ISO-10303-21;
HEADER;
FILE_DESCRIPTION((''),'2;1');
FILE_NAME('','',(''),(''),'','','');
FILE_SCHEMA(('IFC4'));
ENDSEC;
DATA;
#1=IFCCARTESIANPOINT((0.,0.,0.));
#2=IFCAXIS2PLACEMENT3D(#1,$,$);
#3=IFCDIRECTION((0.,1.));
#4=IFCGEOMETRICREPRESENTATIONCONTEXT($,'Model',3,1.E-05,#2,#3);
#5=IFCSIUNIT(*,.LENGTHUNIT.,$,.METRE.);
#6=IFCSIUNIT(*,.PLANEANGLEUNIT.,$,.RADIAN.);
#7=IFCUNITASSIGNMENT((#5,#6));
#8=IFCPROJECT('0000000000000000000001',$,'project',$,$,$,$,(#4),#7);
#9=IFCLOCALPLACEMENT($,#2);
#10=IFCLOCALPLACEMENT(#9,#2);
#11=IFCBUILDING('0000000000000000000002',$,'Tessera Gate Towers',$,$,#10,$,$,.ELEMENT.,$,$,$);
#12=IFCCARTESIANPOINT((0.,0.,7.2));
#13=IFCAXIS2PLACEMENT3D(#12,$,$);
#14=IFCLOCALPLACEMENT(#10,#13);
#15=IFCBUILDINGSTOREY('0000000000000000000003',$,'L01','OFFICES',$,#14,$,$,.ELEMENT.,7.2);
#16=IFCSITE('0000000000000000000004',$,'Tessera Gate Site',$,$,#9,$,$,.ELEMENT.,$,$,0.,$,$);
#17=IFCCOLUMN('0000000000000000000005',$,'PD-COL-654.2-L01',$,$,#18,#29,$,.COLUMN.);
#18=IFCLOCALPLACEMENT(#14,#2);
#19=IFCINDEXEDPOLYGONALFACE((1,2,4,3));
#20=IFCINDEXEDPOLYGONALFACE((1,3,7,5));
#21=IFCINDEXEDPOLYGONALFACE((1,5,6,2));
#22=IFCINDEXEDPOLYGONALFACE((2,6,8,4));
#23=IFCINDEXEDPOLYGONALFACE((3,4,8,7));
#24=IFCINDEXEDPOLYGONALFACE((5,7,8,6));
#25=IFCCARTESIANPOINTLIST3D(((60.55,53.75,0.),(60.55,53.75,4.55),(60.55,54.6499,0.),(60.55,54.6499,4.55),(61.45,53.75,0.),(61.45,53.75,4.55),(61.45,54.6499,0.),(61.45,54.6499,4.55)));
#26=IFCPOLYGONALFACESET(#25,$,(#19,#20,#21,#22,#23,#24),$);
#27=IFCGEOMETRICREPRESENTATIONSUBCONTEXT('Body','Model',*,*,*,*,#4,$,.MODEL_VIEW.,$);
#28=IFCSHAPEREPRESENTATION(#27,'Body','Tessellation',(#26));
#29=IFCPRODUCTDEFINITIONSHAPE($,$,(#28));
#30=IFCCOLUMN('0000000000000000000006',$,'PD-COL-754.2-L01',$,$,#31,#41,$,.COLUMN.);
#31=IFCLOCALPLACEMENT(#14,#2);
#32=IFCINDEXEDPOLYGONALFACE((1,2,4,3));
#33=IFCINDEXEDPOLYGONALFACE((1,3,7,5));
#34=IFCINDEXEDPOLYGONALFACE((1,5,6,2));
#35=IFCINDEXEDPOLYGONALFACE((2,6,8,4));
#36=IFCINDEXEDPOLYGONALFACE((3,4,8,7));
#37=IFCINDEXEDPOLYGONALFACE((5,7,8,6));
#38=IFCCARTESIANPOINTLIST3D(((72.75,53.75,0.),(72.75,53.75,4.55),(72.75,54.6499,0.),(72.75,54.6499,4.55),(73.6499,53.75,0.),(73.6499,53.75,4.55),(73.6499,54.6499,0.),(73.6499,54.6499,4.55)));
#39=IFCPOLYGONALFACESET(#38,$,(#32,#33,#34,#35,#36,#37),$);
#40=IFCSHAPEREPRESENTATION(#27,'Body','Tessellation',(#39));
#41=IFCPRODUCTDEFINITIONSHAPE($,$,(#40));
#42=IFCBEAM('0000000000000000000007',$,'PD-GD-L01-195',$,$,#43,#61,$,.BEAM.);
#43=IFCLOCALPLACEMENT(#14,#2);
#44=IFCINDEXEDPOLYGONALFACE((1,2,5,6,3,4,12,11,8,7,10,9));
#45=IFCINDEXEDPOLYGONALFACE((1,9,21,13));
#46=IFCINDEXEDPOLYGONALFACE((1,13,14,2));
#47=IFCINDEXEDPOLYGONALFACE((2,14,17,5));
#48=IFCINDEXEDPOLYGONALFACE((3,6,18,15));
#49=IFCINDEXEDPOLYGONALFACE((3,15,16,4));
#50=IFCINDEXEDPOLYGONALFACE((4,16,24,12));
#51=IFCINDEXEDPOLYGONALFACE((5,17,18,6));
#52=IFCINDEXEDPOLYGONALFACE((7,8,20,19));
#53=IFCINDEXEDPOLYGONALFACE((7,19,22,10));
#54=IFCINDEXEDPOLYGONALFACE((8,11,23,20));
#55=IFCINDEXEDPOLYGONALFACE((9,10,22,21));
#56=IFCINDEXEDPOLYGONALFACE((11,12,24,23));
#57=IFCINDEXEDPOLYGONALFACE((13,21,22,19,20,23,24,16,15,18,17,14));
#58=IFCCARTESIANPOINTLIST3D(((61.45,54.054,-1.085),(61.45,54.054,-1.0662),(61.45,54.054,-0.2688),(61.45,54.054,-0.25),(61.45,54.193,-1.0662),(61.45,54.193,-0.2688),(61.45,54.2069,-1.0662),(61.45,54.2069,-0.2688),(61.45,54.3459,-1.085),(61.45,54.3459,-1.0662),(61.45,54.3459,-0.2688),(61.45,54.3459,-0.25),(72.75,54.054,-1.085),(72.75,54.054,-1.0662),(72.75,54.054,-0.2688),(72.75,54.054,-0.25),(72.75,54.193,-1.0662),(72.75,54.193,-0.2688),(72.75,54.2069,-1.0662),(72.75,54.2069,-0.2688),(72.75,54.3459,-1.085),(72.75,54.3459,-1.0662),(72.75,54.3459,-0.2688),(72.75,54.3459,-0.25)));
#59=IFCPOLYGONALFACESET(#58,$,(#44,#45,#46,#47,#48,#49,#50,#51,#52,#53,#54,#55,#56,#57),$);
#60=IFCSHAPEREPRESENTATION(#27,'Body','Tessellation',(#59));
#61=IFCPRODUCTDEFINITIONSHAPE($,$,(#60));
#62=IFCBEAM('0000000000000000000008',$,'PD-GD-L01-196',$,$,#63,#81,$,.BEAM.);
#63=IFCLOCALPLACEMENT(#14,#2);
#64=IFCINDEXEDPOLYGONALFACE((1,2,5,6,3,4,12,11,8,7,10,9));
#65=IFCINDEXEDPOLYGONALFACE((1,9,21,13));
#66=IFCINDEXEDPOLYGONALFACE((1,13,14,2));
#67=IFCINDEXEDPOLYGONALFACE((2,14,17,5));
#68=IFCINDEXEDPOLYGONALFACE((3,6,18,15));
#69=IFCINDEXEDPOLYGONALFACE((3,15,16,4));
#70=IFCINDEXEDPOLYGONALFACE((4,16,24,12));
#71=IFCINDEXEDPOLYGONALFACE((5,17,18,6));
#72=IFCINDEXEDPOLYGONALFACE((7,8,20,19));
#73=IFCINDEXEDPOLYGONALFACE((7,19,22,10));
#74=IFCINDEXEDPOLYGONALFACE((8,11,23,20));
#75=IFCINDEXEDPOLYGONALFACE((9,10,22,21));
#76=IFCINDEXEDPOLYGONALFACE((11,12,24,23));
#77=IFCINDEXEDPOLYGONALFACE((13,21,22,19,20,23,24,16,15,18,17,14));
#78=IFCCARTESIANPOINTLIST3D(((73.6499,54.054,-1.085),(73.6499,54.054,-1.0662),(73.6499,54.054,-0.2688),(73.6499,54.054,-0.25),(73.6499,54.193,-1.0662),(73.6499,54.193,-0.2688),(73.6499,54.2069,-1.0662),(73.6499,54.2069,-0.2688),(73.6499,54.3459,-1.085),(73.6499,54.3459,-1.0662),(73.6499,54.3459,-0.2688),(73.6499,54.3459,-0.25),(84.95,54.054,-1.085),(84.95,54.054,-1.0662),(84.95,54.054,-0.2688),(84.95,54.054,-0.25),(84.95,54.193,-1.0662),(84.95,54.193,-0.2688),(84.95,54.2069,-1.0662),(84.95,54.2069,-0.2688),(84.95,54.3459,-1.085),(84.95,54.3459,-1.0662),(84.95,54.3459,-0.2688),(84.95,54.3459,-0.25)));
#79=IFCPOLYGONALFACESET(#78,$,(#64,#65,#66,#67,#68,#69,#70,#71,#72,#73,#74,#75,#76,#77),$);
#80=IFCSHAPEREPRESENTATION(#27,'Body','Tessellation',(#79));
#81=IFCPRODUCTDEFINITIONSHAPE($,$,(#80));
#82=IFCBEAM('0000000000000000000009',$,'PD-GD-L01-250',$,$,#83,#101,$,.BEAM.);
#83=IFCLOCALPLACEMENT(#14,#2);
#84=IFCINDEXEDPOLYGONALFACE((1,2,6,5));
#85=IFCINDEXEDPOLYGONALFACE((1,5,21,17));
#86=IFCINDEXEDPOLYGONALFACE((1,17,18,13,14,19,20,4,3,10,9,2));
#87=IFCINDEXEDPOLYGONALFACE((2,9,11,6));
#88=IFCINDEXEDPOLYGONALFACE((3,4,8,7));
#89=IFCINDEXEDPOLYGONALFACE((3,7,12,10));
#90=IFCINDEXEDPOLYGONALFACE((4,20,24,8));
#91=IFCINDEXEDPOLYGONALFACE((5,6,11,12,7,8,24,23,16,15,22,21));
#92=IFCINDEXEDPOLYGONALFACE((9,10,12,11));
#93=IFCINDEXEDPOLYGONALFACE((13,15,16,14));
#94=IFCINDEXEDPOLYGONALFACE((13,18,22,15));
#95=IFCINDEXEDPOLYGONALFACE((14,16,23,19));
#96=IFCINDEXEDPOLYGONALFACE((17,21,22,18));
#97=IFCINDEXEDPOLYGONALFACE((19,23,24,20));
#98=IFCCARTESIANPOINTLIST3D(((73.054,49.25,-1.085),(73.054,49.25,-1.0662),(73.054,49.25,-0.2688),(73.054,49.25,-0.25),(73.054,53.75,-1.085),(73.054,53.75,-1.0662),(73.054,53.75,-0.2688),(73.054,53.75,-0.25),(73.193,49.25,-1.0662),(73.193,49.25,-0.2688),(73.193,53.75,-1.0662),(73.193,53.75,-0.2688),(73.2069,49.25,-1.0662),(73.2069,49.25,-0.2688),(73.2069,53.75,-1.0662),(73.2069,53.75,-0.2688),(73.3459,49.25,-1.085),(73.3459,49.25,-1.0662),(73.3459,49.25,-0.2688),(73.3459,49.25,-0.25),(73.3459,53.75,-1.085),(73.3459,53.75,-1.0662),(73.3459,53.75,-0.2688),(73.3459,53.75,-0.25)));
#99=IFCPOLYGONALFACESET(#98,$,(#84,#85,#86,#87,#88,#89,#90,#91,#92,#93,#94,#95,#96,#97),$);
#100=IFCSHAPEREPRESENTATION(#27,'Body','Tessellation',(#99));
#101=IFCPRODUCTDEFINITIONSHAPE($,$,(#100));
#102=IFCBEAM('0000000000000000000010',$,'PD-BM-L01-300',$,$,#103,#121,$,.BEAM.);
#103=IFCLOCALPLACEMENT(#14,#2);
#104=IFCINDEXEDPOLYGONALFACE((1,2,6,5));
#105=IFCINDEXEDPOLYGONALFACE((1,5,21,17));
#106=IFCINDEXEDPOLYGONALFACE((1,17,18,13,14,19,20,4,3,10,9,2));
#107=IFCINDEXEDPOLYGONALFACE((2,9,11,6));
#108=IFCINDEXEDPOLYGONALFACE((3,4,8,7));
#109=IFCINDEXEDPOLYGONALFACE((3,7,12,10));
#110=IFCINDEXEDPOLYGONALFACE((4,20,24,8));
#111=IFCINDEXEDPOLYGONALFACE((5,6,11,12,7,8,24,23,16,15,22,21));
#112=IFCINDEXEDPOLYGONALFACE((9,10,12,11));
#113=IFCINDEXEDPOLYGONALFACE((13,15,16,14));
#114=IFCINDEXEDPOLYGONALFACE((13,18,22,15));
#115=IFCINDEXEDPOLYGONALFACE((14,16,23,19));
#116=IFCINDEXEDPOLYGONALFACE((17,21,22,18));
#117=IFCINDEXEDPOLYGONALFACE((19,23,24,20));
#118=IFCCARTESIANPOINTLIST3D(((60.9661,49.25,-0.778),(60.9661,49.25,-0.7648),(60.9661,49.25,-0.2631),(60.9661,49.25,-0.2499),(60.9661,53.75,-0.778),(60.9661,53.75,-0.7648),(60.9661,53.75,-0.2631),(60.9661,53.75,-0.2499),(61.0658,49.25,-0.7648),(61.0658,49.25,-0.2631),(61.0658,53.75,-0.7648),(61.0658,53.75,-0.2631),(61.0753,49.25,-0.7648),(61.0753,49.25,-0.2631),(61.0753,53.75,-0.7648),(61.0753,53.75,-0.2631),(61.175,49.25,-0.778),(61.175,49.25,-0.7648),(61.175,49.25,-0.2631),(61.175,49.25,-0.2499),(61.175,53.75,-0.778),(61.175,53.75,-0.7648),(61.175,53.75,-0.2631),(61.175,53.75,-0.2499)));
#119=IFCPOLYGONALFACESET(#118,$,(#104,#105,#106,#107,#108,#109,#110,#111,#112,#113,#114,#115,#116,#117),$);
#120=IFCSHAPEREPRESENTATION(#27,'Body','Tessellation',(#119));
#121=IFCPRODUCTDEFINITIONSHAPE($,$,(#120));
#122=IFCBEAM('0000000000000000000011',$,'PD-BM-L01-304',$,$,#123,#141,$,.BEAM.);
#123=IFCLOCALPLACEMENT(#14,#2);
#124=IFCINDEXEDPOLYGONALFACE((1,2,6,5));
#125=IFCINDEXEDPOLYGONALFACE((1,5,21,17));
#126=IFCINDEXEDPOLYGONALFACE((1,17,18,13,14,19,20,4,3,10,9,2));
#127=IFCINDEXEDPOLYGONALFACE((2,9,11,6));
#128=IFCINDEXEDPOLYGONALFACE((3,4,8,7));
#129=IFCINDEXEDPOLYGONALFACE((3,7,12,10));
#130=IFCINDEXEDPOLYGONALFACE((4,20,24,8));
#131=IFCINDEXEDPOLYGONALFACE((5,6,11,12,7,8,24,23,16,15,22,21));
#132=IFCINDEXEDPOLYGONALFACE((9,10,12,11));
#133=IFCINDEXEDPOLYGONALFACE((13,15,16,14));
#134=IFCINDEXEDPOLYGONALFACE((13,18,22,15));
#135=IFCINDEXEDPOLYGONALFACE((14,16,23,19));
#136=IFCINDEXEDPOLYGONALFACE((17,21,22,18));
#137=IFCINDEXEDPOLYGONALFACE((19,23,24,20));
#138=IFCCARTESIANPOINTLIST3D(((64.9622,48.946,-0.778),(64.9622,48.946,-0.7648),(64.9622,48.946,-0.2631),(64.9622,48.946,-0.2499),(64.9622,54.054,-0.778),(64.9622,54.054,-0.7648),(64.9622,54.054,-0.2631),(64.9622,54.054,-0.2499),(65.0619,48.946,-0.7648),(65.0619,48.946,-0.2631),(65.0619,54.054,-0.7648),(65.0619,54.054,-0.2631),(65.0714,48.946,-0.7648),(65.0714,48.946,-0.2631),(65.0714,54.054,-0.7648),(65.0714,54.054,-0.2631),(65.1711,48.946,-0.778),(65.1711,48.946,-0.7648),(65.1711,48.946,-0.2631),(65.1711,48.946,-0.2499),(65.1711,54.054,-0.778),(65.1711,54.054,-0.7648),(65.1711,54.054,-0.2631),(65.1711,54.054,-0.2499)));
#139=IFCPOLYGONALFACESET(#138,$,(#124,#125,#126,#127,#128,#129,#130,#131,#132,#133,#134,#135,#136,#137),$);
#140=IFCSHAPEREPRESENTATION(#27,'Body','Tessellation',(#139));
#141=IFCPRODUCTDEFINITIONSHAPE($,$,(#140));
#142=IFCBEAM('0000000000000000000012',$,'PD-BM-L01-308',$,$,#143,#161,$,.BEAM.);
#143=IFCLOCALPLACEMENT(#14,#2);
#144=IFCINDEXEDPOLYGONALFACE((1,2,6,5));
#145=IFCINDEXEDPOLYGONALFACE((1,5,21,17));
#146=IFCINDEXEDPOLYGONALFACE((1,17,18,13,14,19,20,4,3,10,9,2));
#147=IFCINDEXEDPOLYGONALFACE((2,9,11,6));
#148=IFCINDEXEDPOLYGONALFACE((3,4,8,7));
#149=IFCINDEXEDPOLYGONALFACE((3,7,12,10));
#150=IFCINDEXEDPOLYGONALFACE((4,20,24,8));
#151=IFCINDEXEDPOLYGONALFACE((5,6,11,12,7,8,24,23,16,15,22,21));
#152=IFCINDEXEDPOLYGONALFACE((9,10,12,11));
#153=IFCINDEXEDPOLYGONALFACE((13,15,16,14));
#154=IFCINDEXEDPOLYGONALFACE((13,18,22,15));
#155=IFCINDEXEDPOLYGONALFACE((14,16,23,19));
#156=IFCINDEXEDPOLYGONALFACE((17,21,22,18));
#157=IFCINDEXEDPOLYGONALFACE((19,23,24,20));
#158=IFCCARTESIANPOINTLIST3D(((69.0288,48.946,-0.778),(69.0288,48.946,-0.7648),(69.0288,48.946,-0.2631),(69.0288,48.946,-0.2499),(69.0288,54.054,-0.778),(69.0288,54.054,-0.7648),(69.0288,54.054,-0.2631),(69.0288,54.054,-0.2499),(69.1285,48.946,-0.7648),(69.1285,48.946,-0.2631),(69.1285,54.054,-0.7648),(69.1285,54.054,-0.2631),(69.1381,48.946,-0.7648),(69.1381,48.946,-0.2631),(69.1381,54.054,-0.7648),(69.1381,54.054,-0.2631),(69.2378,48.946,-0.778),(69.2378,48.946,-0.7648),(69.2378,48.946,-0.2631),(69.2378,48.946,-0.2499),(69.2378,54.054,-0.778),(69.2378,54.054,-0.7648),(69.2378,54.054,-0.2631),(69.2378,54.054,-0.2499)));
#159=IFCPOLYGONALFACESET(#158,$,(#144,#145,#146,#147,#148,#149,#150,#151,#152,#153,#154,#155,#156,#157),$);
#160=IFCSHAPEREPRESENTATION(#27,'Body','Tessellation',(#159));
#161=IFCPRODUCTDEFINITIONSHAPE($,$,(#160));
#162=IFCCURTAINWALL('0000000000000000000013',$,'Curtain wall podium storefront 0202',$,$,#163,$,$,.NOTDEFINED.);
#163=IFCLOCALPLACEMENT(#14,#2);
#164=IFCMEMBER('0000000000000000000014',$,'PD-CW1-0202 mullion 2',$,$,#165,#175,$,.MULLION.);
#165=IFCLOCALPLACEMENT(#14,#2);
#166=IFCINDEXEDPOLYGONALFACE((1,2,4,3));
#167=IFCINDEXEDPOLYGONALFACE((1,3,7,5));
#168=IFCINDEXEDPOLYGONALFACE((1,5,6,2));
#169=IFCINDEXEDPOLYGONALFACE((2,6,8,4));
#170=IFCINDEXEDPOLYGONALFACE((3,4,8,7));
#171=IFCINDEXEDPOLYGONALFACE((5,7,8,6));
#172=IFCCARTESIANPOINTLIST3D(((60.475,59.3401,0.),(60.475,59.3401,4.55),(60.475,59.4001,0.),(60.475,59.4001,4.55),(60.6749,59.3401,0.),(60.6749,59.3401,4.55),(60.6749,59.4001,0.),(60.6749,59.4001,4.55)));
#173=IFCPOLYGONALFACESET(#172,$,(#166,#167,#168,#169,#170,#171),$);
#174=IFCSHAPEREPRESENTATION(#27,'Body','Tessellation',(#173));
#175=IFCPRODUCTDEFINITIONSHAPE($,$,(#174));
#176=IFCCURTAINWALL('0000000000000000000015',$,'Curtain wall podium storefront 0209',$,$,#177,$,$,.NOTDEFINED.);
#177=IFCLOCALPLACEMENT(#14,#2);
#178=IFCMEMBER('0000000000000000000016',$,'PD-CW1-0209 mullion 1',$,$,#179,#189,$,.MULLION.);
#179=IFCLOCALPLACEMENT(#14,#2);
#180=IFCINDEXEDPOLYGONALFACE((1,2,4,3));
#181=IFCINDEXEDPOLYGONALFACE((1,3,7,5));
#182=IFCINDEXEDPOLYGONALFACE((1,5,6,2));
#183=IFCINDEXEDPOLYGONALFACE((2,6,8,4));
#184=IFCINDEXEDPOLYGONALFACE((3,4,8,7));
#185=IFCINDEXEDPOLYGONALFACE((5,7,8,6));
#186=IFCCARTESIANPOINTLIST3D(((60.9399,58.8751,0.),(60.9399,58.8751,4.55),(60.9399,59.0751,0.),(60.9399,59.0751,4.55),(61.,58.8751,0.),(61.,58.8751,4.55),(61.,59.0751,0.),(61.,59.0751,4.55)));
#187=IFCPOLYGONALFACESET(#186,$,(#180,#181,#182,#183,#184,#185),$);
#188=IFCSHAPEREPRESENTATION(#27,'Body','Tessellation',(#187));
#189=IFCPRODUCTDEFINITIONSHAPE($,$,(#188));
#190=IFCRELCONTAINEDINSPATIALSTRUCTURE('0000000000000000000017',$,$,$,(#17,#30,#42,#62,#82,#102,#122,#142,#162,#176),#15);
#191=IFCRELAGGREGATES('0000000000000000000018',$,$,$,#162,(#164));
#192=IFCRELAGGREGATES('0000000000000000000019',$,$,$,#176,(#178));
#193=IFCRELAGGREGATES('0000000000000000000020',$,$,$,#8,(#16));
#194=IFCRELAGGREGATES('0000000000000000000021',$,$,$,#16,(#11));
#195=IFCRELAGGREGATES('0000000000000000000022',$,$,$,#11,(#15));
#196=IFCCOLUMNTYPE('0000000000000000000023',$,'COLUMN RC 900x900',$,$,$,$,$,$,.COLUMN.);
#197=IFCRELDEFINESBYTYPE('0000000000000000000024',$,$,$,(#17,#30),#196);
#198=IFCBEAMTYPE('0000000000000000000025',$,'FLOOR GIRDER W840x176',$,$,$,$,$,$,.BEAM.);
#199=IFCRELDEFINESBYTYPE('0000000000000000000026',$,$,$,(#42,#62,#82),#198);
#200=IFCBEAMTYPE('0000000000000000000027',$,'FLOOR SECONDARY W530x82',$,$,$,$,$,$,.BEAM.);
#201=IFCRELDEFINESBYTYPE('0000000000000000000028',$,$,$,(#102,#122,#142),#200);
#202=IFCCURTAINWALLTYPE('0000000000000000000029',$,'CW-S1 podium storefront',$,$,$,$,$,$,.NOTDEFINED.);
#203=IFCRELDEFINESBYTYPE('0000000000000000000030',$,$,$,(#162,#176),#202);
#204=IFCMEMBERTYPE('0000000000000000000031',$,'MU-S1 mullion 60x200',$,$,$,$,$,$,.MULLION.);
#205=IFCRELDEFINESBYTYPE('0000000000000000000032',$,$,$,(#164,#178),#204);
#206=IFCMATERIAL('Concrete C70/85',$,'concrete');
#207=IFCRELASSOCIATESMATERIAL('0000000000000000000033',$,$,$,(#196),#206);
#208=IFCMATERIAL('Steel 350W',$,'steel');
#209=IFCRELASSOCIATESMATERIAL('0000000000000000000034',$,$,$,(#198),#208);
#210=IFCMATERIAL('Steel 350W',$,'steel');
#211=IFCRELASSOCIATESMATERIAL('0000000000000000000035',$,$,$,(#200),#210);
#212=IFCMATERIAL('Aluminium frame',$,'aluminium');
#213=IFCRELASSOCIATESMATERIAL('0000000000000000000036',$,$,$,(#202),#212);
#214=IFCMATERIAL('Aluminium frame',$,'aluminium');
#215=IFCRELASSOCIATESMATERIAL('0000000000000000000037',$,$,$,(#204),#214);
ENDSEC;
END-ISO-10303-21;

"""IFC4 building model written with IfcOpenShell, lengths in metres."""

from ifc_helpers import new_model, si_unit, direction, frame, origin, origin_2d, place, context, subcontext, project, spatial, rectangle, i_section, extrude, material, material_profile, profile_set, type_object, element, aggregate, save


model = new_model("IFC4")

# Units and contexts
model_context = context("Model", 3, precision=1e-05, world=origin(), true_north=direction((0.0, 1.0)))
body_context = subcontext(model_context, "Body", "Model", "MODEL_VIEW")
ifc_project = project(units=[si_unit("LENGTHUNIT", "METRE"), si_unit("PLANEANGLEUNIT", "RADIAN")], contexts=[model_context])

# Site, building, storey
site_placement = place(None, origin())
site = spatial("IfcSite", under=ifc_project, at=site_placement, Name="Tessera Gate Site", CompositionType="ELEMENT", RefElevation=0.0)
building_placement = place(site_placement, origin())
building = spatial("IfcBuilding", under=site, at=building_placement, Name="Tessera Gate Towers", CompositionType="ELEMENT")
storey_placement = place(building_placement, frame((0.0, 0.0, 7.2)))
storey = spatial("IfcBuildingStorey", under=building, at=storey_placement, Name="L01", Description="OFFICES", CompositionType="ELEMENT", Elevation=7.2)

# Columns
ifc_material_1 = material(Name="Concrete C70/85", Category="concrete")
ifc_material_profile_1 = material_profile(ifc_material_1, rectangle(XDim=0.8999, YDim=0.8999, at=origin_2d()), Name="RC 900x900")
ifc_profile_set_1 = profile_set([ifc_material_profile_1], Name="Concrete C70/85")
column_type = type_object("IfcColumnType", Name="COLUMN RC 900x900", PredefinedType="COLUMN", material=ifc_profile_set_1)
for number, where, z_axis, x_axis, name in (
    (1, (61.0, 54.2, 0.0), (0.0, 0.0, 1.0), (1.0, 0.0, 0.0), "PD-COL-654.2-L01"),
    (2, (73.2, 54.2, 0.0), (0.0, 0.0, 1.0), (1.0, 0.0, 0.0), "PD-COL-754.2-L01"),
):
    element("IfcColumn", number, at=place(storey_placement, frame(where, z_axis=z_axis, x_axis=x_axis)), inside=storey, type_object=column_type, Name=name, PredefinedType="COLUMN", context=body_context, shape_type="SweptSolid", body=[
        extrude(rectangle(XDim=0.8999, YDim=0.8999, at=origin_2d()), origin(), (0.0, 0.0, 1.0), 4.55),
    ])

# Beams
ifc_material_2 = material(Name="Steel 350W", Category="steel")
ifc_material_profile_2 = material_profile(ifc_material_2, i_section(OverallWidth=0.292, OverallDepth=0.835, WebThickness=0.0139, FlangeThickness=0.0188, at=origin_2d()), Name="W840x176")
ifc_profile_set_2 = profile_set([ifc_material_profile_2], Name="Steel 350W")
beam_type_1 = type_object("IfcBeamType", Name="FLOOR GIRDER W840x176", PredefinedType="BEAM", material=ifc_profile_set_2)
for number, where, z_axis, x_axis, name in (
    (3, (61.45, 54.2, -0.6675), (1.0, 0.0, 0.0), (0.0, 1.0, 0.0), "PD-GD-L01-195"),
    (4, (73.6499, 54.2, -0.6675), (1.0, 0.0, 0.0), (0.0, 1.0, 0.0), "PD-GD-L01-196"),
):
    element("IfcBeam", number, at=place(storey_placement, frame(where, z_axis=z_axis, x_axis=x_axis)), inside=storey, type_object=beam_type_1, Name=name, PredefinedType="BEAM", context=body_context, shape_type="SweptSolid", body=[
        extrude(i_section(OverallWidth=0.292, OverallDepth=0.835, WebThickness=0.0139, FlangeThickness=0.0188, at=origin_2d()), origin(), (0.0, 0.0, 1.0), 11.3),
    ])
beam_1_placement = place(storey_placement, frame((73.2, 49.25, -0.6675), z_axis=(0.0, 1.0, 0.0), x_axis=(-1.0, 0.0, 0.0)))
element("IfcBeam", 5, at=beam_1_placement, inside=storey, type_object=beam_type_1, Name="PD-GD-L01-250", PredefinedType="BEAM", context=body_context, shape_type="SweptSolid", body=[
    extrude(i_section(OverallWidth=0.292, OverallDepth=0.835, WebThickness=0.0139, FlangeThickness=0.0188, at=origin_2d()), origin(), (0.0, 0.0, 1.0), 4.5),
])
ifc_material_3 = material(Name="Steel 350W", Category="steel")
ifc_material_profile_3 = material_profile(ifc_material_3, i_section(OverallWidth=0.209, OverallDepth=0.5281, WebThickness=0.0095, FlangeThickness=0.0132, at=origin_2d()), Name="W530x82")
ifc_profile_set_3 = profile_set([ifc_material_profile_3], Name="Steel 350W")
beam_type_2 = type_object("IfcBeamType", Name="FLOOR SECONDARY W530x82", PredefinedType="BEAM", material=ifc_profile_set_3)
beam_2_placement = place(storey_placement, frame((61.0706, 49.25, -0.5139), z_axis=(0.0, 1.0, 0.0), x_axis=(-1.0, 0.0, 0.0)))
element("IfcBeam", 6, at=beam_2_placement, inside=storey, type_object=beam_type_2, Name="PD-BM-L01-300", PredefinedType="BEAM", context=body_context, shape_type="SweptSolid", body=[
    extrude(i_section(OverallWidth=0.209, OverallDepth=0.5281, WebThickness=0.0095, FlangeThickness=0.0132, at=origin_2d()), origin(), (0.0, 0.0, 1.0), 4.5),
])
for number, where, z_axis, x_axis, name in (
    (7, (65.0667, 48.946, -0.5139), (0.0, 1.0, 0.0), (-1.0, 0.0, 0.0), "PD-BM-L01-304"),
    (8, (69.1333, 48.946, -0.5139), (0.0, 1.0, 0.0), (-1.0, 0.0, 0.0), "PD-BM-L01-308"),
):
    element("IfcBeam", number, at=place(storey_placement, frame(where, z_axis=z_axis, x_axis=x_axis)), inside=storey, type_object=beam_type_2, Name=name, PredefinedType="BEAM", context=body_context, shape_type="SweptSolid", body=[
        extrude(i_section(OverallWidth=0.209, OverallDepth=0.5281, WebThickness=0.0095, FlangeThickness=0.0132, at=origin_2d()), origin(), (0.0, 0.0, 1.0), 5.1079),
    ])

# Curtain walls, members
ifc_material_4 = material(Name="Aluminium frame", Category="aluminium")
curtain_wall_type_1 = type_object("IfcCurtainWallType", Name="CW-S1 podium storefront", PredefinedType="NOTDEFINED", material=ifc_material_4)
curtain_wall_1_placement = place(storey_placement, origin())
curtain_wall_1 = element("IfcCurtainWall", 9, at=curtain_wall_1_placement, inside=storey, type_object=curtain_wall_type_1, Name="Curtain wall podium storefront 0202", PredefinedType="NOTDEFINED")
ifc_material_5 = material(Name="Aluminium frame", Category="aluminium")
ifc_material_profile_4 = material_profile(ifc_material_5, rectangle(XDim=0.0601, YDim=0.2, at=origin_2d()), Name="AL 60x200")
ifc_profile_set_4 = profile_set([ifc_material_profile_4], Name="Aluminium frame")
member_type_1 = type_object("IfcMemberType", Name="MU-S1 mullion 60x200", PredefinedType="MULLION", material=ifc_profile_set_4)
member_1_placement = place(storey_placement, frame((60.575, 59.3701, 0.0), z_axis=(0.0, 0.0, 1.0), x_axis=(0.0, 1.0, 0.0)))
member_1 = element("IfcMember", 10, at=member_1_placement, type_object=member_type_1, Name="PD-CW1-0202 mullion 2", PredefinedType="MULLION", context=body_context, shape_type="SweptSolid", body=[
    extrude(rectangle(XDim=0.0601, YDim=0.2, at=origin_2d()), origin(), (0.0, 0.0, 1.0), 4.55),
])
aggregate(curtain_wall_1, [member_1])
curtain_wall_2_placement = place(storey_placement, origin())
curtain_wall_2 = element("IfcCurtainWall", 11, at=curtain_wall_2_placement, inside=storey, type_object=curtain_wall_type_1, Name="Curtain wall podium storefront 0209", PredefinedType="NOTDEFINED")
member_2_placement = place(storey_placement, frame((60.97, 58.9751, 0.0), z_axis=(0.0, 0.0, 1.0), x_axis=(-1.0, 0.0, 0.0)))
member_2 = element("IfcMember", 12, at=member_2_placement, type_object=member_type_1, Name="PD-CW1-0209 mullion 1", PredefinedType="MULLION", context=body_context, shape_type="SweptSolid", body=[
    extrude(rectangle(XDim=0.0601, YDim=0.2, at=origin_2d()), origin(), (0.0, 0.0, 1.0), 4.55),
])

aggregate(curtain_wall_2, [member_2])

save(model, "model.ifc")
